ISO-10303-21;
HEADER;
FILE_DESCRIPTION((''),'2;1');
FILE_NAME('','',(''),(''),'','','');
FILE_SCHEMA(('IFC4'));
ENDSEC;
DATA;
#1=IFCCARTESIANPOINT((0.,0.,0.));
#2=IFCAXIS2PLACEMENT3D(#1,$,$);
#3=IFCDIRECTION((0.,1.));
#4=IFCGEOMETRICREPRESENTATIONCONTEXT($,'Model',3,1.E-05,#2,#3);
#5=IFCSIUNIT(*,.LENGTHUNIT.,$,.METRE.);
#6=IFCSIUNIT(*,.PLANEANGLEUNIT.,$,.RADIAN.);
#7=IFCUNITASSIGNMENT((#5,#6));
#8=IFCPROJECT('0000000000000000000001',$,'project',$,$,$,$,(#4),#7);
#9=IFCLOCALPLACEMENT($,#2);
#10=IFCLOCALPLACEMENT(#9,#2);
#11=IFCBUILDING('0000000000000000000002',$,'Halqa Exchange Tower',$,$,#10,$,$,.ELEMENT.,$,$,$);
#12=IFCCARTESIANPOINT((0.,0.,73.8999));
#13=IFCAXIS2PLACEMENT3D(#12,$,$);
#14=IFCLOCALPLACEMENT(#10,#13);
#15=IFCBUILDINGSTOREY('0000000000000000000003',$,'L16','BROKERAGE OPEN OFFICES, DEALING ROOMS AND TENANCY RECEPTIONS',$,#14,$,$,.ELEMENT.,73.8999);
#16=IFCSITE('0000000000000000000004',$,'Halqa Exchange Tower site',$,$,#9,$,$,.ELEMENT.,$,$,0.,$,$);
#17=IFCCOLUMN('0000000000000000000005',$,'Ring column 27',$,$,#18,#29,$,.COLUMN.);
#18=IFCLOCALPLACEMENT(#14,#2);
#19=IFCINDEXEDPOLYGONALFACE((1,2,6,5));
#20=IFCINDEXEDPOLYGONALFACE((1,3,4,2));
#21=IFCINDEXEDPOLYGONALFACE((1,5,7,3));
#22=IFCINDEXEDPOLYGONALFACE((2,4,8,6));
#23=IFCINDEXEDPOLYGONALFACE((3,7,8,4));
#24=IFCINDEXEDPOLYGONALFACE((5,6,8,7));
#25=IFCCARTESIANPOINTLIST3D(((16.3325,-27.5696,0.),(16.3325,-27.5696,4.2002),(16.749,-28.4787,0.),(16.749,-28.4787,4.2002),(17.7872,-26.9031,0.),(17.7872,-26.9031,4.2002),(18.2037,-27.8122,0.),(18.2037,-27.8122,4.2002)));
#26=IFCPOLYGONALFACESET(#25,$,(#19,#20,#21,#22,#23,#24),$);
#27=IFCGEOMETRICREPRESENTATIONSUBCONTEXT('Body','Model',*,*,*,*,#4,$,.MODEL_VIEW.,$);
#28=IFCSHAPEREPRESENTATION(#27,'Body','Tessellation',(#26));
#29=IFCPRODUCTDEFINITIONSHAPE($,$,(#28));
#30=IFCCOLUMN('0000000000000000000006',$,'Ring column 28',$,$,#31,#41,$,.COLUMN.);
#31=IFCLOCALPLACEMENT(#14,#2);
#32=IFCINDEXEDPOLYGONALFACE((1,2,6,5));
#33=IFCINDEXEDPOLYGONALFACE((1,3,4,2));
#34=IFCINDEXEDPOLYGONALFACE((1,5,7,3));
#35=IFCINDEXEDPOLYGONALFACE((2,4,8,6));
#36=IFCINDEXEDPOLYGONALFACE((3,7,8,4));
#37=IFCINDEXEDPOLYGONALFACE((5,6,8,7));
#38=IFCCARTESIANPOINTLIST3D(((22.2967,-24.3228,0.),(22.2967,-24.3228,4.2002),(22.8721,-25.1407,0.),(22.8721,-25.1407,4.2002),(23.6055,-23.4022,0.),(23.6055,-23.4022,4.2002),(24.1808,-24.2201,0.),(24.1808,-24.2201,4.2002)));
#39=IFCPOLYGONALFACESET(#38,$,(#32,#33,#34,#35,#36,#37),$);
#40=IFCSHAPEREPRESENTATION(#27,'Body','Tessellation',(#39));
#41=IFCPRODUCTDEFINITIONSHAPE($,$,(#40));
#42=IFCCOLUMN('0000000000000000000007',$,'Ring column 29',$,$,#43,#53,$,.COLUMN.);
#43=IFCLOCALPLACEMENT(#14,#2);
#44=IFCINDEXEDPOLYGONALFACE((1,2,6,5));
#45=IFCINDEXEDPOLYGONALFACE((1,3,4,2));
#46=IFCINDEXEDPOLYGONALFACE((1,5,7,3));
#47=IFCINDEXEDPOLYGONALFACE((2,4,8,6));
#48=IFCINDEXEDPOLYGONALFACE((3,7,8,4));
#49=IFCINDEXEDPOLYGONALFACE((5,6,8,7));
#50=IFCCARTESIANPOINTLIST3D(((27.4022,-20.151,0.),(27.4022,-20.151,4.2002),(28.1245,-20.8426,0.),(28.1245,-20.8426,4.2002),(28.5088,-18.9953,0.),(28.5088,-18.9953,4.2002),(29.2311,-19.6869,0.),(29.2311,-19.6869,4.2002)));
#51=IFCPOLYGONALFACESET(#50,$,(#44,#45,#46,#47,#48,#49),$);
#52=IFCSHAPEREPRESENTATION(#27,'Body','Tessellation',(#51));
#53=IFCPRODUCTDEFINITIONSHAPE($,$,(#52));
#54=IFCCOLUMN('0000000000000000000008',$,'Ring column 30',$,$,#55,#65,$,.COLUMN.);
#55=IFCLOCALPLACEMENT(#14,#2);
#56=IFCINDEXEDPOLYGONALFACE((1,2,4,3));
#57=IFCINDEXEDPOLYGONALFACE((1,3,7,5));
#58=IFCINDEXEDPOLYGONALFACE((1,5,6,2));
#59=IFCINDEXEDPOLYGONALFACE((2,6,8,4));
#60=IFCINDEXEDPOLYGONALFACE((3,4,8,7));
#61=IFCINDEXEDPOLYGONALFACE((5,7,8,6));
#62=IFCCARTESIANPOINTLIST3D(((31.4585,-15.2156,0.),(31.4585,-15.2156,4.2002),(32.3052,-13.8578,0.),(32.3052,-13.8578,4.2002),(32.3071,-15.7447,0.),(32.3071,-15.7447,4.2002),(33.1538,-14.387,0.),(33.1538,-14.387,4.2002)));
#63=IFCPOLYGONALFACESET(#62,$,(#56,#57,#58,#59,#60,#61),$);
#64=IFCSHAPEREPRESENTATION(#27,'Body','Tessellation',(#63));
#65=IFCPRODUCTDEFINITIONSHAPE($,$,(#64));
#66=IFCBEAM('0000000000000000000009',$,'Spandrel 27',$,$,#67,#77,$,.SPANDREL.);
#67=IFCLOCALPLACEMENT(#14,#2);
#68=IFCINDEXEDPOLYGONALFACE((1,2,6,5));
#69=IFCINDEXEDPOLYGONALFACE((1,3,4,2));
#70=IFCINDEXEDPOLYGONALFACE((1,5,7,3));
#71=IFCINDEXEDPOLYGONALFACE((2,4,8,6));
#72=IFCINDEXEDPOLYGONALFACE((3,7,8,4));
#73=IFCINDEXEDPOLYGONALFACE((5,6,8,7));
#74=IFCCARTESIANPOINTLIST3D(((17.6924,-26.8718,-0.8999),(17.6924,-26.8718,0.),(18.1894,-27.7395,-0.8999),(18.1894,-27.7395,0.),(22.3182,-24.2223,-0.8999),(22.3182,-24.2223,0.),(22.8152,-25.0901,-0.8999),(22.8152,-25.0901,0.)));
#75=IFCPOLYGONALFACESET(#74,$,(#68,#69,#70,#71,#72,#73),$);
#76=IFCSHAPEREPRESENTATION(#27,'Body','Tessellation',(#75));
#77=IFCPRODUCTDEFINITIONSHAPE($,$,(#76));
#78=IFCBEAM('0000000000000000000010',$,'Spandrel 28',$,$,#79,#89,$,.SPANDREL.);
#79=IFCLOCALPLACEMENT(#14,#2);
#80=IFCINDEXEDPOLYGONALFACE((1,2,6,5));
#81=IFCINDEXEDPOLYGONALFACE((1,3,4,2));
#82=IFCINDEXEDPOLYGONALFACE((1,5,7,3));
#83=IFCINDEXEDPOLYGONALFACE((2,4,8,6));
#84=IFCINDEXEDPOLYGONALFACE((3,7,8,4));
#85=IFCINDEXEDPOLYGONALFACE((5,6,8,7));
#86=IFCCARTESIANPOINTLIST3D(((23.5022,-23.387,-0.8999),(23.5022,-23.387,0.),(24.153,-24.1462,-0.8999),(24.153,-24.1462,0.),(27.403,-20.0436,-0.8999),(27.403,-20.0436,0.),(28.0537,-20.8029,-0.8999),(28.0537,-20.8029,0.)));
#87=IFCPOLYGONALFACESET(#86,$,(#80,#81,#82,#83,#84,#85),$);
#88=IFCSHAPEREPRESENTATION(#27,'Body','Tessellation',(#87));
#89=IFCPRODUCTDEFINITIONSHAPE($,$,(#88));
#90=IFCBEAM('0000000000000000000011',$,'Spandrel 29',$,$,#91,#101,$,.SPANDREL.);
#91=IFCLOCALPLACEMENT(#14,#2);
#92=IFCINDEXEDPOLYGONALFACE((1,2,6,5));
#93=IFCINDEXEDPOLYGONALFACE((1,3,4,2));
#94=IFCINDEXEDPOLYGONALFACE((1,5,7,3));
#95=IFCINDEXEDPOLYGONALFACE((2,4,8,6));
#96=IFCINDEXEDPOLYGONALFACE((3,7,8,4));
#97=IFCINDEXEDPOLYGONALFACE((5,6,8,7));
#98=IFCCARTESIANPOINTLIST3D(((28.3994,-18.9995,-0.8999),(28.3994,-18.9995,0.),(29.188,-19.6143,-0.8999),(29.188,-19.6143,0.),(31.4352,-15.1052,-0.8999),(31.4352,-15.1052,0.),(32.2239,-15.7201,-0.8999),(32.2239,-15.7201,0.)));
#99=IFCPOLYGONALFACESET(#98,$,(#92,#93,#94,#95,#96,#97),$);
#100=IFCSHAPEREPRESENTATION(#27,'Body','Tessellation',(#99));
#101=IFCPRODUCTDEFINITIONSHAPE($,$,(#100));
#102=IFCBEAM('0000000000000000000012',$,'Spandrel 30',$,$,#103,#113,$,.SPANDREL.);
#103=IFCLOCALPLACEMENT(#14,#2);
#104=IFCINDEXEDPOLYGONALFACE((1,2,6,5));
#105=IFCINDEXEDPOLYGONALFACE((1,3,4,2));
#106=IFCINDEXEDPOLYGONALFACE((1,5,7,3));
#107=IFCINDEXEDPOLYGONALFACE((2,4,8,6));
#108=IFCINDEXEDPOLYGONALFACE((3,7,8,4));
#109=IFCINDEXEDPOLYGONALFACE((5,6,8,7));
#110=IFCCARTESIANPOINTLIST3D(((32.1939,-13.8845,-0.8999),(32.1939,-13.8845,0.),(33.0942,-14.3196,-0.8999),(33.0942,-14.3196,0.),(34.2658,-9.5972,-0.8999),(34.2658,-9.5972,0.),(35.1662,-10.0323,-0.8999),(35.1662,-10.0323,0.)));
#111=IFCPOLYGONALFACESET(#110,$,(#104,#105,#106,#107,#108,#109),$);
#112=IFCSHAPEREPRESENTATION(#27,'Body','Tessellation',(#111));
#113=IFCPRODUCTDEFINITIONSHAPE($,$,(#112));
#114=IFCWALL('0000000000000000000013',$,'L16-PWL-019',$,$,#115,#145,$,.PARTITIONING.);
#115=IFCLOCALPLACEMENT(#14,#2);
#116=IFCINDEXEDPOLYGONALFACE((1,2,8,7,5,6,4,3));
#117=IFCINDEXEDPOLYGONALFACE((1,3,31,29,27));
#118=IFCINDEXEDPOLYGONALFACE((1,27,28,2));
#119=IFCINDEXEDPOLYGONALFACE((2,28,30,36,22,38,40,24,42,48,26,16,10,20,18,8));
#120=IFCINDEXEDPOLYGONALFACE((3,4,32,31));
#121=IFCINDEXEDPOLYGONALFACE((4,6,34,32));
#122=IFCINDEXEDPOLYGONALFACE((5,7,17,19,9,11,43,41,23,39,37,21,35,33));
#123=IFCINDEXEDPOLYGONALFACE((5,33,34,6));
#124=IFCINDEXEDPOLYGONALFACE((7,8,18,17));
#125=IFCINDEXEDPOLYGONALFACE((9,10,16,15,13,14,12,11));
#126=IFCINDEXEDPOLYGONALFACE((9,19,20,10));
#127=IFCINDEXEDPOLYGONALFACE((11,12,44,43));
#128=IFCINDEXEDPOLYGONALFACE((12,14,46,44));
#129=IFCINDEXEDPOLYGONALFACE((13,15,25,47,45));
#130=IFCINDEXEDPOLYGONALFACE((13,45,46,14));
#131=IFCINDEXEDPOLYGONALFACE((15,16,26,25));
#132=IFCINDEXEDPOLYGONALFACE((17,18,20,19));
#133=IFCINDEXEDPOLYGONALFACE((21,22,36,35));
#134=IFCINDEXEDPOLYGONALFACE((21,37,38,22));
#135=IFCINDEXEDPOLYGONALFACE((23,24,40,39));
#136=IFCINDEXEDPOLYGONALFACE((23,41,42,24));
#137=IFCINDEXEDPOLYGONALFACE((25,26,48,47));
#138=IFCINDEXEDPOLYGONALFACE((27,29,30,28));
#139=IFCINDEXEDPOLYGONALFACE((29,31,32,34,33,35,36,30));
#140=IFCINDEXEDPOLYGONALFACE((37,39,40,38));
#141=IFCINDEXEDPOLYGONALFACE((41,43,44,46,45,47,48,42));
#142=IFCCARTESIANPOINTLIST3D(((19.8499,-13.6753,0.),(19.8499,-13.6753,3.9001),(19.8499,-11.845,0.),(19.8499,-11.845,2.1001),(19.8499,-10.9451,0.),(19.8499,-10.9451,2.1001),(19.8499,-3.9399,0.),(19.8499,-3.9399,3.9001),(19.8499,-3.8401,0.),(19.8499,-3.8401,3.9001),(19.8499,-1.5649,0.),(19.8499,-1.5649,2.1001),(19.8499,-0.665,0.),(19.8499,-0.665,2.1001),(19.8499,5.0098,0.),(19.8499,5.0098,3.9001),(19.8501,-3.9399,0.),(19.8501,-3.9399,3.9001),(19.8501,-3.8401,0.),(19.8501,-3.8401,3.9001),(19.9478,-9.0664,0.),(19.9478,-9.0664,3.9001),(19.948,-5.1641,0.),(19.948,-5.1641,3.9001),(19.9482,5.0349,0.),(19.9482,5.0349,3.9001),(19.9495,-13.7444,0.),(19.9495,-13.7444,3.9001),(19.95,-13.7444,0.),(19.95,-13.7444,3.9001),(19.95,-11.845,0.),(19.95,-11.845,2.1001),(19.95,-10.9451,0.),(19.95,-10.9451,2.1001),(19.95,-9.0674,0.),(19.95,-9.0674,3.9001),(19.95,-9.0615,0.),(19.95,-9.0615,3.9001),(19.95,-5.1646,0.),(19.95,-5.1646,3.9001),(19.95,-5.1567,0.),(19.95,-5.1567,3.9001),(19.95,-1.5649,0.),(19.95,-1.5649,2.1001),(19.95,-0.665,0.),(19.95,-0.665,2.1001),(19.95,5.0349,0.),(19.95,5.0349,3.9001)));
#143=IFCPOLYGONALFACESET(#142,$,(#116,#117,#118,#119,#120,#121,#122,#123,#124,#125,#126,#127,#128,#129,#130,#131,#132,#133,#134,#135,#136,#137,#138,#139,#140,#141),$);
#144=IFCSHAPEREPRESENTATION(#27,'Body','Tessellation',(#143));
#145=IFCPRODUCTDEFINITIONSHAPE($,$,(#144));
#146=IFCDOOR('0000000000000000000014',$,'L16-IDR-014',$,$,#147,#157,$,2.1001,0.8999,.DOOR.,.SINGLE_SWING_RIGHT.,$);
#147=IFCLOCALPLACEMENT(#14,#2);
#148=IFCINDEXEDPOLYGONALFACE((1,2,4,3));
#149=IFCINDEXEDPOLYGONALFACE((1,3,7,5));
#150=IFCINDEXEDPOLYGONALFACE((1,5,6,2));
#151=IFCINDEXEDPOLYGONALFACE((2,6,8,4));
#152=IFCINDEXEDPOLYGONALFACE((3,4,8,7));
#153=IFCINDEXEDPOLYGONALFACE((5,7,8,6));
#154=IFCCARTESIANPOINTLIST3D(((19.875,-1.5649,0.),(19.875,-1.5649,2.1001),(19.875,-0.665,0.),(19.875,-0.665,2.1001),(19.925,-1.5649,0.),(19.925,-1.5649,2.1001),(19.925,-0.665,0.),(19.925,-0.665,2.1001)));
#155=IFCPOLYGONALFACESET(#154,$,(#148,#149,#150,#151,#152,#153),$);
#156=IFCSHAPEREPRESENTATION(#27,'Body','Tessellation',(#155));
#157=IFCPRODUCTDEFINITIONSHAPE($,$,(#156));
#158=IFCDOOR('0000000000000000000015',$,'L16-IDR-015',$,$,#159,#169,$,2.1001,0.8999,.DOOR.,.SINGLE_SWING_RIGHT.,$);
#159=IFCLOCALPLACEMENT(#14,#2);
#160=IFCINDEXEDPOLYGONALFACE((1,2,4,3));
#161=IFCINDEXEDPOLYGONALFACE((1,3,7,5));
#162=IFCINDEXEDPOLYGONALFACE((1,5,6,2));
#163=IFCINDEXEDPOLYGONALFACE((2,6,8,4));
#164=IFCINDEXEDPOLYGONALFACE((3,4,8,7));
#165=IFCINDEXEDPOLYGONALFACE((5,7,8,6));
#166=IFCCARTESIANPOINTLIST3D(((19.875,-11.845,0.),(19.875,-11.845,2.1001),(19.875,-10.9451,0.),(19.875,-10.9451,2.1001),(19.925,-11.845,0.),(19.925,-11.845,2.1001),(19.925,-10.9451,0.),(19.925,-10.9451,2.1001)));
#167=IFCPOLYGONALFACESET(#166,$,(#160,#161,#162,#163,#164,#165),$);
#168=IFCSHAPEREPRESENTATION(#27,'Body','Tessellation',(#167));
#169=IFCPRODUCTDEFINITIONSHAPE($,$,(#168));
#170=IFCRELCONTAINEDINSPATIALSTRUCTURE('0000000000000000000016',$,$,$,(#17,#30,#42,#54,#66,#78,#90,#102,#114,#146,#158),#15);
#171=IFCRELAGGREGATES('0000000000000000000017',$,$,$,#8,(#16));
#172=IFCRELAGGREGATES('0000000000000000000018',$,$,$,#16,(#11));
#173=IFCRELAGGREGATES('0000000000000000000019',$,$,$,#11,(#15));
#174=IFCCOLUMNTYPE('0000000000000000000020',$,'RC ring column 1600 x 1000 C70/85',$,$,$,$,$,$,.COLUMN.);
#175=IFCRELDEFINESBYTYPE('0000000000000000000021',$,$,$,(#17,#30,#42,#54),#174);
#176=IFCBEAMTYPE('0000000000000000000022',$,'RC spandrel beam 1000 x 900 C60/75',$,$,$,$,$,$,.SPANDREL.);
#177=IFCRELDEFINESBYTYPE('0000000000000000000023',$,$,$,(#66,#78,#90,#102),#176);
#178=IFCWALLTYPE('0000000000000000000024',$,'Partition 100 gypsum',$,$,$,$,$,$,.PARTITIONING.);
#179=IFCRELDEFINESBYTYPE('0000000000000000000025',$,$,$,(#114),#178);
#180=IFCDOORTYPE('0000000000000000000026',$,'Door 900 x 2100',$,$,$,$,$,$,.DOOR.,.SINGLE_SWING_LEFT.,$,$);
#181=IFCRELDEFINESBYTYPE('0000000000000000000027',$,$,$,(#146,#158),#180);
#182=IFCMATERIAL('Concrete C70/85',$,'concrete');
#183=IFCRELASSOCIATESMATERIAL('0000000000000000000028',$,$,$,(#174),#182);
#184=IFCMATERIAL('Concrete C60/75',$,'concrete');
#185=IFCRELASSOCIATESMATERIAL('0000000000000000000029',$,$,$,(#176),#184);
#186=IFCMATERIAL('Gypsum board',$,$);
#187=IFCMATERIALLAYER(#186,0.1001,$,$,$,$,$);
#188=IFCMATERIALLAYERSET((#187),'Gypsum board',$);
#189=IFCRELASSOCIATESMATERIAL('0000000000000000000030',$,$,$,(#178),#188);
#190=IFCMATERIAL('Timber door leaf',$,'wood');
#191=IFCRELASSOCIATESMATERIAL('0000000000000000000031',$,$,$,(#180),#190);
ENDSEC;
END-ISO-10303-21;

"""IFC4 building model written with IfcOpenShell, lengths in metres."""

from ifc_helpers import new_model, si_unit, direction, frame, frame_2d, origin, origin_2d, place, context, subcontext, project, spatial, polyline, rectangle, outline, extrude, material, layer, layer_set, material_profile, profile_set, type_object, element, fill, save


model = new_model("IFC4")

# Units and contexts
model_context = context("Model", 3, precision=1e-05, world=origin(), true_north=direction((0.0, 1.0)))
body_context = subcontext(model_context, "Body", "Model", "MODEL_VIEW")
ifc_project = project(units=[si_unit("LENGTHUNIT", "METRE"), si_unit("PLANEANGLEUNIT", "RADIAN")], contexts=[model_context])

# Site, building, storey
site_placement = place(None, origin())
site = spatial("IfcSite", under=ifc_project, at=site_placement, Name="Halqa Exchange Tower site", CompositionType="ELEMENT", RefElevation=0.0)
building_placement = place(site_placement, origin())
building = spatial("IfcBuilding", under=site, at=building_placement, Name="Halqa Exchange Tower", CompositionType="ELEMENT")
storey_placement = place(building_placement, frame((0.0, 0.0, 73.8999)))
storey = spatial("IfcBuildingStorey", under=building, at=storey_placement, Name="L16", Description="BROKERAGE OPEN OFFICES, DEALING ROOMS AND TENANCY RECEPTIONS", CompositionType="ELEMENT", Elevation=73.8999)

# Columns
ifc_material_1 = material(Name="Concrete C70/85", Category="concrete")
ifc_material_profile_1 = material_profile(ifc_material_1, rectangle(XDim=1.6001, YDim=1.0, at=origin_2d()), Name="1600 x 1000")
ifc_profile_set_1 = profile_set([ifc_material_profile_1], Name="Concrete C70/85")
column_type = type_object("IfcColumnType", Name="RC ring column 1600 x 1000 C70/85", PredefinedType="COLUMN", material=ifc_profile_set_1)
for number, where, z_axis, x_axis, name in (
    (1, (17.2681, -27.6909, 0.0), (0.0, 0.0, 1.0), (0.909127, 0.416519, 0.0), "Ring column 27"),
    (2, (23.2388, -24.2715, 0.0), (0.0, 0.0, 1.0), (0.817909, 0.575348, 0.0), "Ring column 28"),
    (3, (28.3167, -19.9189, 0.0), (0.0, 0.0, 1.0), (0.691579, 0.722301, 0.0), "Ring column 29"),
    (4, (32.3062, -14.8013, 0.0), (0.0, 0.0, 1.0), (0.529145, 0.848531, 0.0), "Ring column 30"),
):
    element("IfcColumn", number, at=place(storey_placement, frame(where, z_axis=z_axis, x_axis=x_axis)), inside=storey, type_object=column_type, Name=name, PredefinedType="COLUMN", context=body_context, shape_type="SweptSolid", body=[
        extrude(rectangle(XDim=1.6001, YDim=1.0, at=origin_2d()), origin(), (0.0, 0.0, 1.0), 4.2002),
    ])

# Beams
ifc_material_2 = material(Name="Concrete C60/75", Category="concrete")
ifc_material_profile_2 = material_profile(ifc_material_2, rectangle(XDim=1.0, YDim=0.8999, at=origin_2d()), Name="1000 x 900")
ifc_profile_set_2 = profile_set([ifc_material_profile_2], Name="Concrete C60/75")
beam_type = type_object("IfcBeamType", Name="RC spandrel beam 1000 x 900 C60/75", PredefinedType="SPANDREL", material=ifc_profile_set_2)
beam_1_placement = place(storey_placement, frame((17.9409, -27.3057, -0.45), z_axis=(0.867747, 0.497007, 0.0), x_axis=(-0.497007, 0.867747, 0.0)))
element("IfcBeam", 5, at=beam_1_placement, inside=storey, type_object=beam_type, Name="Spandrel 27", PredefinedType="SPANDREL", context=body_context, shape_type="SweptSolid", body=[
    extrude(rectangle(XDim=1.0, YDim=0.8999, at=origin_2d()), origin(), (0.0, 0.0, 1.0), 5.3308),
])
beam_2_placement = place(storey_placement, frame((23.8276, -23.7666, -0.45), z_axis=(0.75927, 0.650776, 0.0), x_axis=(-0.650776, 0.75927, 0.0)))
element("IfcBeam", 6, at=beam_2_placement, inside=storey, type_object=beam_type, Name="Spandrel 28", PredefinedType="SPANDREL", context=body_context, shape_type="SweptSolid", body=[
    extrude(rectangle(XDim=1.0, YDim=0.8999, at=origin_2d()), origin(), (0.0, 0.0, 1.0), 5.1375),
])
beam_3_placement = place(storey_placement, frame((28.7937, -19.3069, -0.45), z_axis=(0.614823, 0.788665, 0.0), x_axis=(-0.788665, 0.614823, 0.0)))
element("IfcBeam", 7, at=beam_3_placement, inside=storey, type_object=beam_type, Name="Spandrel 29", PredefinedType="SPANDREL", context=body_context, shape_type="SweptSolid", body=[
    extrude(rectangle(XDim=1.0, YDim=0.8999, at=origin_2d()), origin(), (0.0, 0.0, 1.0), 4.9377),
])
beam_4_placement = place(storey_placement, frame((32.644, -14.1021, -0.45), z_axis=(0.435135, 0.900365, 0.0), x_axis=(-0.900365, 0.435135, 0.0)))
element("IfcBeam", 8, at=beam_4_placement, inside=storey, type_object=beam_type, Name="Spandrel 30", PredefinedType="SPANDREL", context=body_context, shape_type="SweptSolid", body=[
    extrude(rectangle(XDim=1.0, YDim=0.8999, at=origin_2d()), origin(), (0.0, 0.0, 1.0), 4.7617),
])

# Wall, openings, doors
ifc_material_3 = material(Name="Gypsum board")
ifc_layer_1 = layer(ifc_material_3, 0.1001)
ifc_layer_set_1 = layer_set([ifc_layer_1], Name="Gypsum board")
wall_type_1 = type_object("IfcWallType", Name="Partition 100 gypsum", PredefinedType="PARTITIONING", material=ifc_layer_set_1)
wall_1_placement = place(storey_placement, frame((19.8999, -13.7444, 0.0), z_axis=(0.0, 0.0, 1.0), x_axis=(0.0, 1.0, 0.0)))
wall_1 = element("IfcWall", 9, at=wall_1_placement, inside=storey, type_object=wall_type_1, Name="L16-PWL-019", PredefinedType="PARTITIONING", context=body_context, shape_type="SweptSolid", body=[
    extrude(outline(polyline([(0.0, -0.05), (1.5591, -0.05), (3.1179, -0.05), (4.677, -0.05), (4.678, -0.0479), (4.6829, -0.05), (6.6313, -0.05), (8.5798, -0.05), (8.5803, -0.0481), (8.5876, -0.05), (10.2861, -0.05), (11.9849, -0.05), (13.6833, -0.05), (15.3821, -0.05), (17.0806, -0.05), (18.7793, -0.05), (18.7793, -0.0483), (18.7542, 0.05), (16.9841, 0.05), (15.2141, 0.05), (13.4443, 0.05), (11.6743, 0.05), (9.9043, 0.05), (9.9043, 0.0498), (9.8044, 0.0498), (9.8044, 0.05), (7.8574, 0.05), (5.9102, 0.05), (3.9631, 0.05), (2.0161, 0.05), (0.0691, 0.05), (0.0, -0.0496), (0.0, -0.05)])), origin(), (0.0, 0.0, 1.0), 3.9001),
])
opening_1_placement = place(wall_1_placement, frame((12.1794, 0.0, 0.0)))
opening_1 = element("IfcOpeningElement", 10, at=opening_1_placement, cuts=wall_1, PredefinedType="OPENING", context=body_context, shape_type="SweptSolid", body=[
    extrude(rectangle(XDim=0.8999, YDim=2.1001, at=frame_2d((0.45, 1.05))), frame((0.0, 0.062, 0.0), z_axis=(0.0, -1.0, 0.0), x_axis=(1.0, 0.0, 0.0)), (0.0, 0.0, 1.0), 0.124),
])
opening_2_placement = place(wall_1_placement, frame((1.8994, 0.0, 0.0)))
opening_2 = element("IfcOpeningElement", 11, at=opening_2_placement, cuts=wall_1, PredefinedType="OPENING", context=body_context, shape_type="SweptSolid", body=[
    extrude(rectangle(XDim=0.8999, YDim=2.1001, at=frame_2d((0.45, 1.05))), frame((0.0, 0.062, 0.0), z_axis=(0.0, -1.0, 0.0), x_axis=(1.0, 0.0, 0.0)), (0.0, 0.0, 1.0), 0.124),
])
ifc_material_4 = material(Name="Timber door leaf", Category="wood")
door_type_1 = type_object("IfcDoorType", Name="Door 900 x 2100", OperationType="SINGLE_SWING_LEFT", PredefinedType="DOOR", material=ifc_material_4)
door_1_placement = place(opening_1_placement, origin())
door_1 = element("IfcDoor", 12, at=door_1_placement, inside=storey, type_object=door_type_1, Name="L16-IDR-014", OperationType="SINGLE_SWING_RIGHT", OverallHeight=2.1001, OverallWidth=0.8999, PredefinedType="DOOR", context=body_context, shape_type="SweptSolid", body=[
    extrude(rectangle(XDim=0.8999, YDim=2.1001, at=frame_2d((0.45, 1.05))), frame((0.0, 0.0249, 0.0), z_axis=(0.0, -1.0, 0.0), x_axis=(1.0, 0.0, 0.0)), (0.0, 0.0, 1.0), 0.05),
])
fill(opening_1, door_1)
door_2_placement = place(opening_2_placement, origin())
door_2 = element("IfcDoor", 13, at=door_2_placement, inside=storey, type_object=door_type_1, Name="L16-IDR-015", OperationType="SINGLE_SWING_RIGHT", OverallHeight=2.1001, OverallWidth=0.8999, PredefinedType="DOOR", context=body_context, shape_type="SweptSolid", body=[
    extrude(rectangle(XDim=0.8999, YDim=2.1001, at=frame_2d((0.45, 1.05))), frame((0.0, 0.0249, 0.0), z_axis=(0.0, -1.0, 0.0), x_axis=(1.0, 0.0, 0.0)), (0.0, 0.0, 1.0), 0.05),
])
fill(opening_2, door_2)

save(model, "model.ifc")
